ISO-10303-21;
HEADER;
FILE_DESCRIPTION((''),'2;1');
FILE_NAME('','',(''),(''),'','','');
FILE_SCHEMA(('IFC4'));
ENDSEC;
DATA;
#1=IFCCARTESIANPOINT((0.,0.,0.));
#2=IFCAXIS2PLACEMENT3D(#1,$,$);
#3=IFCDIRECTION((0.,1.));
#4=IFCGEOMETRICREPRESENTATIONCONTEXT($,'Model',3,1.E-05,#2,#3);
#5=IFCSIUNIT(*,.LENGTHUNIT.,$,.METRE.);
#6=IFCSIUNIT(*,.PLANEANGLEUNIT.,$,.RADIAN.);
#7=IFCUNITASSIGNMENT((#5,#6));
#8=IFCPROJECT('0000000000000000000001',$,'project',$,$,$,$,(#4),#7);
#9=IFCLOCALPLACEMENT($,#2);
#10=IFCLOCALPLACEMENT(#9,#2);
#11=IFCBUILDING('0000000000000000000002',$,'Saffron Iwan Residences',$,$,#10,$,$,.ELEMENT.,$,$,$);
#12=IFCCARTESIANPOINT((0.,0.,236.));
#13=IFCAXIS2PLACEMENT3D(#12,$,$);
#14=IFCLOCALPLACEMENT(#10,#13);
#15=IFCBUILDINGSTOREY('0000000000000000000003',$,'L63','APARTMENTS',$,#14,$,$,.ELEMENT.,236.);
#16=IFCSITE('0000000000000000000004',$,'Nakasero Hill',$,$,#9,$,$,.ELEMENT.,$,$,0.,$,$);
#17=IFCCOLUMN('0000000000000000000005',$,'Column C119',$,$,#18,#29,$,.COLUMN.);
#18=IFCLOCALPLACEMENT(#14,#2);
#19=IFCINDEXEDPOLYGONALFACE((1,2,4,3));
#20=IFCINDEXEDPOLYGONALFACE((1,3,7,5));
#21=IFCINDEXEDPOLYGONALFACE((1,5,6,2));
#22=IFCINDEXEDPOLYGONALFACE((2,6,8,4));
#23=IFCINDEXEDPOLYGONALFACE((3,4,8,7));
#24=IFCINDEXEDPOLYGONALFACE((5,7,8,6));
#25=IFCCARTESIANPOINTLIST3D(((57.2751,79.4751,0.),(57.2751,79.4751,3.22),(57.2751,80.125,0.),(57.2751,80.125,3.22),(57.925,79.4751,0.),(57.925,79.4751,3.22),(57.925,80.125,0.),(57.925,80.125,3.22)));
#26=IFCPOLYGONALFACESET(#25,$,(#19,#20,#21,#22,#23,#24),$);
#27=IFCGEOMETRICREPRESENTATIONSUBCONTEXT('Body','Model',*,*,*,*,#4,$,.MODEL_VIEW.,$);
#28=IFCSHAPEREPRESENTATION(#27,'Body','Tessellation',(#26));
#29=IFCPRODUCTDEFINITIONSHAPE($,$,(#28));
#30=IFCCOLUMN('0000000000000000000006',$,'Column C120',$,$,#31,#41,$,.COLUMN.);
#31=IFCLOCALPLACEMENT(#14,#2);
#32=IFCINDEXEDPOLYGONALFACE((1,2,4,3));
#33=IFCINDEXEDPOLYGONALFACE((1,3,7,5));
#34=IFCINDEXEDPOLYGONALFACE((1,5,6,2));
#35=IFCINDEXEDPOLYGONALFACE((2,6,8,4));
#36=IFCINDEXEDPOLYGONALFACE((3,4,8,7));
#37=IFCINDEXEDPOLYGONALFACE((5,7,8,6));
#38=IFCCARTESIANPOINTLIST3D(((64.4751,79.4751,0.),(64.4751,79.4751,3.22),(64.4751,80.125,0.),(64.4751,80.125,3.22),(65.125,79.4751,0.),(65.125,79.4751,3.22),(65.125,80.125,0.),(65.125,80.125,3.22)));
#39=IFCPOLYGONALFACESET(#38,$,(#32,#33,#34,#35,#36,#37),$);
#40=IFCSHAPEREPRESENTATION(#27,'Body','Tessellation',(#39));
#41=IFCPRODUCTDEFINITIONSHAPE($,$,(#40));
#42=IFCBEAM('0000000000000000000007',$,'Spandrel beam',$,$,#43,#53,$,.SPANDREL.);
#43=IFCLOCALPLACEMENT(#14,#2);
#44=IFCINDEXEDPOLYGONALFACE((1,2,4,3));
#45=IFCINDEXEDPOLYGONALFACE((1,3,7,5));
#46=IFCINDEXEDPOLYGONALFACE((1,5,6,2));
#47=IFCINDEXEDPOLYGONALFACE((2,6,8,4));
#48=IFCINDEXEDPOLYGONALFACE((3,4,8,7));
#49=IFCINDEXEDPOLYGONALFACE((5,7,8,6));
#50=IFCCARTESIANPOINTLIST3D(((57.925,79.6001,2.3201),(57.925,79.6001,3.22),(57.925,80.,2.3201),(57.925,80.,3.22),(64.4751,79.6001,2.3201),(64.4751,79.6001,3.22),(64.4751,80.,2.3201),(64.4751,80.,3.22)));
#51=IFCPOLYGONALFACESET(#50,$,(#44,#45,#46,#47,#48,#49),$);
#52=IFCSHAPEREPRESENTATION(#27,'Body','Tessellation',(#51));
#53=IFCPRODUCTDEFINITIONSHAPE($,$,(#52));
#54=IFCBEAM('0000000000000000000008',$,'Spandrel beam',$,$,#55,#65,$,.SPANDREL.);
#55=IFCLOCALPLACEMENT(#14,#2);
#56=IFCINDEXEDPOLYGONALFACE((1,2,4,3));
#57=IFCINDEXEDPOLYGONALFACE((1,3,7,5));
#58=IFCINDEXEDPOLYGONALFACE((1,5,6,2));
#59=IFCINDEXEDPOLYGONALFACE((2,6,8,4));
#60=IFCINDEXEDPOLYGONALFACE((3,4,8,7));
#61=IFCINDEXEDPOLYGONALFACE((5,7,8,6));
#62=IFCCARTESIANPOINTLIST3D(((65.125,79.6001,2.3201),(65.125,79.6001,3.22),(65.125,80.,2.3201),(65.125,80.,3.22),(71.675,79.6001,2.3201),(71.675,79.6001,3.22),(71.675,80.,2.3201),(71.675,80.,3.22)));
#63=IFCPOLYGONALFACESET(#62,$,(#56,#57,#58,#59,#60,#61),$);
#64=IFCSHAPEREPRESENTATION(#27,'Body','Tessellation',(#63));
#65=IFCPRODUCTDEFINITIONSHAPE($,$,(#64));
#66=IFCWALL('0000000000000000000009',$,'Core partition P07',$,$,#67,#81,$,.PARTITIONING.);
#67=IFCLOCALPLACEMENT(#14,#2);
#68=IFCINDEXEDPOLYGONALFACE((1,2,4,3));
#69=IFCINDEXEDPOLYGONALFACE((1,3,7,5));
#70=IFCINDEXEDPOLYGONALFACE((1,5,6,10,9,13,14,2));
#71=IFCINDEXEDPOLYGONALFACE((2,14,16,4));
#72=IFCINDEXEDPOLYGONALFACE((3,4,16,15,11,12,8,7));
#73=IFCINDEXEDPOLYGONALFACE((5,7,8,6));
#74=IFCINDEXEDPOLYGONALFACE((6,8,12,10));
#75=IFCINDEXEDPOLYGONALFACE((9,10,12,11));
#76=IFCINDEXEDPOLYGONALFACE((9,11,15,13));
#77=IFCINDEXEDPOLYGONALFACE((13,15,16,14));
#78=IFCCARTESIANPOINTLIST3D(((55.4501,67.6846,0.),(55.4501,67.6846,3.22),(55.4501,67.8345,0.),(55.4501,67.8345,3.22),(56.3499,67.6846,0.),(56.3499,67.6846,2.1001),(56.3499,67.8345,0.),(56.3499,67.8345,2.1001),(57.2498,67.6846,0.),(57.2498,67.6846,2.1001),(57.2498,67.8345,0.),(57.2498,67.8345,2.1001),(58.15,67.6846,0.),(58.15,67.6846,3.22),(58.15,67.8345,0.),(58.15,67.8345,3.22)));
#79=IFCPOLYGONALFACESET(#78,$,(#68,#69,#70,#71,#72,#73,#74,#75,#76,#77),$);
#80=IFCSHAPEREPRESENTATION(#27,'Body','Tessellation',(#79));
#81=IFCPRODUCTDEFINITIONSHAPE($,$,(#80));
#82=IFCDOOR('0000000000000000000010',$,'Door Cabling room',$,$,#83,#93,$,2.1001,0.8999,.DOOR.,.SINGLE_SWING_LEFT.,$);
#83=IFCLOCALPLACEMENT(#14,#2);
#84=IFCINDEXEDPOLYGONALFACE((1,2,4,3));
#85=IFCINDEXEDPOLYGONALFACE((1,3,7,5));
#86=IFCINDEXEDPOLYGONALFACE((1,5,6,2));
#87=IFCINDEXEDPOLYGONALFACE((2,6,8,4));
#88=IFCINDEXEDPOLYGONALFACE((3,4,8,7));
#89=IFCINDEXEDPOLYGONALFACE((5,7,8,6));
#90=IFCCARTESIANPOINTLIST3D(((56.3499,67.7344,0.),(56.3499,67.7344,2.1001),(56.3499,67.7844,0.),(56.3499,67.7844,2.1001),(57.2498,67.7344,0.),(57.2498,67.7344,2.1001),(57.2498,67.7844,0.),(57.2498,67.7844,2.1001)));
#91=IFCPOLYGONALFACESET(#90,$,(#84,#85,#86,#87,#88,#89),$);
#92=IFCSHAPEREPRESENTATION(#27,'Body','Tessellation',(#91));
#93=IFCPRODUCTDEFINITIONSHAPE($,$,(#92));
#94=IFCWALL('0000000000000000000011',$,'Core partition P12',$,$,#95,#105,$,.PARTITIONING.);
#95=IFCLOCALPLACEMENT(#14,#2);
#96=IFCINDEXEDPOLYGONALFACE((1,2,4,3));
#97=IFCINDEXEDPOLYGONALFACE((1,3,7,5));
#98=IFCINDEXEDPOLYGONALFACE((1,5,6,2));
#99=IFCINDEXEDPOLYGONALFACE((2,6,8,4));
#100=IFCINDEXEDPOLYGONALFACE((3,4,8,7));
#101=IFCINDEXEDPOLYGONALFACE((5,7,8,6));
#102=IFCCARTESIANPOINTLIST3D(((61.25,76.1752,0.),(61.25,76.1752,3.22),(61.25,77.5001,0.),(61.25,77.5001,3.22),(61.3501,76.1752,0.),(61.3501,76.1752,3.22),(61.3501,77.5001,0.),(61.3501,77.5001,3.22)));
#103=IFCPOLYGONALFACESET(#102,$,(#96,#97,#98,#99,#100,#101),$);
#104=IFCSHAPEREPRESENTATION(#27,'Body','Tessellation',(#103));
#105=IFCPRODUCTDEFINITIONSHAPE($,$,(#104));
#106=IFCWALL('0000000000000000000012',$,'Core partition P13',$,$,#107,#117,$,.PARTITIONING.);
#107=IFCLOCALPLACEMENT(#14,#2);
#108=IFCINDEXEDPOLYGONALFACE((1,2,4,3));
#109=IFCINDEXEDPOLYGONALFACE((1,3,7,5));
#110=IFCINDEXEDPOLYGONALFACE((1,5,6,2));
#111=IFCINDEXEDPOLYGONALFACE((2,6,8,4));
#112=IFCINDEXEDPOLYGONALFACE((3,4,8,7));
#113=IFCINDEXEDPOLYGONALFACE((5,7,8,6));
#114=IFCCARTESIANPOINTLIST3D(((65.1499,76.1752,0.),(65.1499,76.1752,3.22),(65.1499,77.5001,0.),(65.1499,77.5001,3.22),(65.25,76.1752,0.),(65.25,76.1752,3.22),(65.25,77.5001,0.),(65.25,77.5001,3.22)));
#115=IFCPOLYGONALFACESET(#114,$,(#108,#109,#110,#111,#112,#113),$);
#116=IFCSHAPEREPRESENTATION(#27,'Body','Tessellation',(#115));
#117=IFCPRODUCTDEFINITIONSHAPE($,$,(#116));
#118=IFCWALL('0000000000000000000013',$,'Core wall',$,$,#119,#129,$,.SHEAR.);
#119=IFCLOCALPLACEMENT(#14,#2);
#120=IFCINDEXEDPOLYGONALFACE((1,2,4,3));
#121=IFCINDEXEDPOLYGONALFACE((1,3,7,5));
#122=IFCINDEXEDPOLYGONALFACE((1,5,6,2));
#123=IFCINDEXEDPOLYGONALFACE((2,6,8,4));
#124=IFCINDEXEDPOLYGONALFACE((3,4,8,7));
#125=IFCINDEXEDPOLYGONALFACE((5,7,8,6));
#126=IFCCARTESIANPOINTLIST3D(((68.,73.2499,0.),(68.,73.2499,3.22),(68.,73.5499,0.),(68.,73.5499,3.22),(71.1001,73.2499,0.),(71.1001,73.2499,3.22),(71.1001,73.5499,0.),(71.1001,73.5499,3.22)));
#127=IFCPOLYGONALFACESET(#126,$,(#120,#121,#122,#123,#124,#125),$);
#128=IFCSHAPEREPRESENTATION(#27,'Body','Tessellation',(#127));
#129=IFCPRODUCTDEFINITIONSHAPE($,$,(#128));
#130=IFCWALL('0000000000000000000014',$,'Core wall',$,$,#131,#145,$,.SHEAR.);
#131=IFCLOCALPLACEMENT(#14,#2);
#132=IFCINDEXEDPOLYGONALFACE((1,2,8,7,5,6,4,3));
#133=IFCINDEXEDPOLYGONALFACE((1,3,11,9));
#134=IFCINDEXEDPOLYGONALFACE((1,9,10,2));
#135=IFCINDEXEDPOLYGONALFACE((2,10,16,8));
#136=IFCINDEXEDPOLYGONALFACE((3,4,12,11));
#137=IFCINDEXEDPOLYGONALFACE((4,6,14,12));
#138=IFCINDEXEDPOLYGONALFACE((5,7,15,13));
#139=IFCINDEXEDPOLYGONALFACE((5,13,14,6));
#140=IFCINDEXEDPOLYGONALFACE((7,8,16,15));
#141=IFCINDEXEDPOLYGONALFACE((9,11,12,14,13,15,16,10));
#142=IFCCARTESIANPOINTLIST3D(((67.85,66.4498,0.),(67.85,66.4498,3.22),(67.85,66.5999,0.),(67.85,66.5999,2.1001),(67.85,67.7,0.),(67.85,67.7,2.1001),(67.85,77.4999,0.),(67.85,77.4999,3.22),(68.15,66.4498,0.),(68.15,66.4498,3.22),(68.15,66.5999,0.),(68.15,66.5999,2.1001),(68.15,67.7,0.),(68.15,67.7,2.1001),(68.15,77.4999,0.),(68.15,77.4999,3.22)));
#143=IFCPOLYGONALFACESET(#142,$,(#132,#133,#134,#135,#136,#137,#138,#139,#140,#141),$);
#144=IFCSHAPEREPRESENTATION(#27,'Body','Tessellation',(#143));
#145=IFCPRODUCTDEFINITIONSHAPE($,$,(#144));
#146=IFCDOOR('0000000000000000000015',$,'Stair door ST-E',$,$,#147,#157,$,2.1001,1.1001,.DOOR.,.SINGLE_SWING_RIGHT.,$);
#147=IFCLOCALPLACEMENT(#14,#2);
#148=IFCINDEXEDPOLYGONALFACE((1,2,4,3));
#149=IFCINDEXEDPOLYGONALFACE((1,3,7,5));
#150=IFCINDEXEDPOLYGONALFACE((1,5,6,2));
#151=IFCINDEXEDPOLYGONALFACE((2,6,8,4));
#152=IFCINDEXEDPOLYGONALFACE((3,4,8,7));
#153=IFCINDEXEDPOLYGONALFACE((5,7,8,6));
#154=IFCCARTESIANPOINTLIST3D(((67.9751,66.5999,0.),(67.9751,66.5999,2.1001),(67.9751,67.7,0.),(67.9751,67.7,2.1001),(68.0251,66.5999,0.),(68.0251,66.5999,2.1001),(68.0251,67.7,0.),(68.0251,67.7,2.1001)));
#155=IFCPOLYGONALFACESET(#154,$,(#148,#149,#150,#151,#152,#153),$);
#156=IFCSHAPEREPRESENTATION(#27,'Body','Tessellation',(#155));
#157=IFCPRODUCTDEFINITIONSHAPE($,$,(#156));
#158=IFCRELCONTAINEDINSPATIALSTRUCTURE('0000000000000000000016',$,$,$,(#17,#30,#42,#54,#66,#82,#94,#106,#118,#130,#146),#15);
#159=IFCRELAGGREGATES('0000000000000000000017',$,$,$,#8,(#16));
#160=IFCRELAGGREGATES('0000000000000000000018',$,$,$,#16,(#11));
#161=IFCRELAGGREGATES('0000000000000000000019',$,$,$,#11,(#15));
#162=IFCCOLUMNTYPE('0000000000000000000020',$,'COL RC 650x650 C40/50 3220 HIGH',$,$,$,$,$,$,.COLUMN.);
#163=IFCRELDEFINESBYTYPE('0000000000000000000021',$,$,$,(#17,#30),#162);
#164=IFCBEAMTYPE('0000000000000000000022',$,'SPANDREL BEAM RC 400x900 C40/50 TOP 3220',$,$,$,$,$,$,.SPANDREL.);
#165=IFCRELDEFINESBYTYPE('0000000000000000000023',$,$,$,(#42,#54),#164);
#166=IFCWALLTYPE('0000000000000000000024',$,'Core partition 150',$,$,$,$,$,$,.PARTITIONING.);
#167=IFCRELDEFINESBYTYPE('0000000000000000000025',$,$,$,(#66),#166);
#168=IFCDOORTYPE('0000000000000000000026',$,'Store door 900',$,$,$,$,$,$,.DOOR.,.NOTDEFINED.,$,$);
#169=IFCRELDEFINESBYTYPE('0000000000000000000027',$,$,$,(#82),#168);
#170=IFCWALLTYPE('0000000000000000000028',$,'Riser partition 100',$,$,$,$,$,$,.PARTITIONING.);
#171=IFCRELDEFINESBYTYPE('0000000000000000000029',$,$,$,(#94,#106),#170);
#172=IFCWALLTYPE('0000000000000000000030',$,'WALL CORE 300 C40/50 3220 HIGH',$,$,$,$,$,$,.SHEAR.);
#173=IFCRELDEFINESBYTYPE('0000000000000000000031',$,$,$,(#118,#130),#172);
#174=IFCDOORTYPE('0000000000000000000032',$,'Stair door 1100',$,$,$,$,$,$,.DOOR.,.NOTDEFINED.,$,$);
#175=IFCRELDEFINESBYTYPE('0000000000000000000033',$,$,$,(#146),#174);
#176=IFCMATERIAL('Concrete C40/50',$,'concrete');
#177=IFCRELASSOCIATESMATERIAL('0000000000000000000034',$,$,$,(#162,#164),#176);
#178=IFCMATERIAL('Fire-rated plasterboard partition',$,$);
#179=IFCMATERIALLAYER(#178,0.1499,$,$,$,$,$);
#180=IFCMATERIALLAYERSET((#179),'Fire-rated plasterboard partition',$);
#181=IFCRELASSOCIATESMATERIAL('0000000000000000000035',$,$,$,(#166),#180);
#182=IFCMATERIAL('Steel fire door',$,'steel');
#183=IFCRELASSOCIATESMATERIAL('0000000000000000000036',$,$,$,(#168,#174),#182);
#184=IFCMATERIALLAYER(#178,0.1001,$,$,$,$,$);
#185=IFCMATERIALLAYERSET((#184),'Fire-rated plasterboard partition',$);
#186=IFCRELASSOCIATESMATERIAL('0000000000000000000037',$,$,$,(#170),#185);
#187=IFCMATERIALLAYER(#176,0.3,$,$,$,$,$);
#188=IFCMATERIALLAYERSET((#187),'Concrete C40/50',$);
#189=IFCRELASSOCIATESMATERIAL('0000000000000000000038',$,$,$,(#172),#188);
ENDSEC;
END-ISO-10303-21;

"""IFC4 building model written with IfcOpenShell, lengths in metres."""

from ifc_helpers import new_model, si_unit, direction, frame, frame_2d, origin, origin_2d, place, context, subcontext, project, spatial, rectangle, extrude, source, transform, mapped, material, layer, layer_set, material_profile, profile_set, type_object, element, fill, save


model = new_model("IFC4")

# Units and contexts
model_context = context("Model", 3, precision=1e-05, world=origin(), true_north=direction((0.0, 1.0)))
body_context = subcontext(model_context, "Body", "Model", "MODEL_VIEW")
ifc_project = project(units=[si_unit("LENGTHUNIT", "METRE"), si_unit("PLANEANGLEUNIT", "RADIAN")], contexts=[model_context])

# Site, building, storey
site_placement = place(None, origin())
site = spatial("IfcSite", under=ifc_project, at=site_placement, Name="Nakasero Hill", CompositionType="ELEMENT", RefElevation=0.0)
building_placement = place(site_placement, origin())
building = spatial("IfcBuilding", under=site, at=building_placement, Name="Saffron Iwan Residences", CompositionType="ELEMENT")
storey_placement = place(building_placement, frame((0.0, 0.0, 236.0)))
storey = spatial("IfcBuildingStorey", under=building, at=storey_placement, Name="L63", Description="APARTMENTS", CompositionType="ELEMENT", Elevation=236.0)

# Columns
ifc_material_1 = material(Name="Concrete C40/50", Category="concrete")
ifc_material_profile_1 = material_profile(ifc_material_1, rectangle(XDim=0.6499, YDim=0.6499, at=origin_2d()), Name="RC 650x650")
ifc_profile_set_1 = profile_set([ifc_material_profile_1], Name="Concrete C40/50")
column_type = type_object("IfcColumnType", Name="COL RC 650x650 C40/50 3220 HIGH", PredefinedType="COLUMN", material=ifc_profile_set_1)
shared_shape_1 = source(origin(), body_context, "Body", "SweptSolid", [
    extrude(rectangle(XDim=0.6499, YDim=0.6499, at=origin_2d()), origin(), (0.0, 0.0, 1.0), 3.22),
])
for number, where, z_axis, x_axis, name in (
    (1, (57.6001, 79.8, 0.0), (0.0, 0.0, 1.0), (1.0, 0.0, 0.0), "Column C119"),
    (2, (64.8, 79.8, 0.0), (0.0, 0.0, 1.0), (1.0, 0.0, 0.0), "Column C120"),
):
    element("IfcColumn", number, at=place(storey_placement, frame(where, z_axis=z_axis, x_axis=x_axis)), inside=storey, type_object=column_type, Name=name, PredefinedType="COLUMN", context=body_context, shape_type="MappedRepresentation", body=[
        mapped(shared_shape_1, transform((0.0, 0.0, 0.0))),
    ])

# Beams
ifc_material_profile_2 = material_profile(ifc_material_1, rectangle(XDim=0.3999, YDim=0.8999, at=origin_2d()), Name="RC 400x900")
ifc_profile_set_2 = profile_set([ifc_material_profile_2], Name="Concrete C40/50")
beam_type = type_object("IfcBeamType", Name="SPANDREL BEAM RC 400x900 C40/50 TOP 3220", PredefinedType="SPANDREL", material=ifc_profile_set_2)
shared_shape_2 = source(origin(), body_context, "Body", "SweptSolid", [
    extrude(rectangle(XDim=0.3999, YDim=0.8999, at=origin_2d()), origin(), (0.0, 0.0, 1.0), 6.55),
])
for number, where, z_axis, x_axis, name in (
    (3, (57.925, 79.8, 2.77), (1.0, 0.0, 0.0), (0.0, 1.0, 0.0), "Spandrel beam"),
    (4, (65.125, 79.8, 2.77), (1.0, 0.0, 0.0), (0.0, 1.0, 0.0), "Spandrel beam"),
):
    element("IfcBeam", number, at=place(storey_placement, frame(where, z_axis=z_axis, x_axis=x_axis)), inside=storey, type_object=beam_type, Name=name, PredefinedType="SPANDREL", context=body_context, shape_type="MappedRepresentation", body=[
        mapped(shared_shape_2, transform((0.0, 0.0, 0.0))),
    ])

# Wall, opening, door
ifc_material_2 = material(Name="Fire-rated plasterboard partition")
ifc_layer_1 = layer(ifc_material_2, 0.1499)
ifc_layer_set_1 = layer_set([ifc_layer_1], Name="Fire-rated plasterboard partition")
wall_type_1 = type_object("IfcWallType", Name="Core partition 150", PredefinedType="PARTITIONING", material=ifc_layer_set_1)
wall_1_placement = place(storey_placement, frame((55.45, 67.7595, 0.0), z_axis=(0.0, 0.0, 1.0), x_axis=(1.0, 0.0, 0.0)))
wall_1 = element("IfcWall", 5, at=wall_1_placement, inside=storey, type_object=wall_type_1, Name="Core partition P07", PredefinedType="PARTITIONING", context=body_context, shape_type="SweptSolid", body=[
    extrude(rectangle(XDim=2.7, YDim=0.1499, at=frame_2d((1.3501, 0.0))), origin(), (0.0, 0.0, 1.0), 3.22),
])
opening_1_placement = place(wall_1_placement, frame((0.8999, 0.0, 0.0)))
opening_1 = element("IfcOpeningElement", 6, at=opening_1_placement, cuts=wall_1, PredefinedType="OPENING", context=body_context, shape_type="SweptSolid", body=[
    extrude(rectangle(XDim=0.8999, YDim=2.1001, at=frame_2d((0.45, 1.05))), frame((0.0, 0.085, 0.0), z_axis=(0.0, -1.0, 0.0), x_axis=(1.0, 0.0, 0.0)), (0.0, 0.0, 1.0), 0.1699),
])
ifc_material_3 = material(Name="Steel fire door", Category="steel")
door_type_1 = type_object("IfcDoorType", Name="Store door 900", OperationType="NOTDEFINED", PredefinedType="DOOR", material=ifc_material_3)
door_1_placement = place(opening_1_placement, origin())
door_1 = element("IfcDoor", 7, at=door_1_placement, inside=storey, type_object=door_type_1, Name="Door Cabling room", OperationType="SINGLE_SWING_LEFT", OverallHeight=2.1001, OverallWidth=0.8999, PredefinedType="DOOR", context=body_context, shape_type="SweptSolid", body=[
    extrude(rectangle(XDim=0.8999, YDim=2.1001, at=frame_2d((0.45, 1.05))), frame((0.0, 0.0249, 0.0), z_axis=(0.0, -1.0, 0.0), x_axis=(1.0, 0.0, 0.0)), (0.0, 0.0, 1.0), 0.05),
])
fill(opening_1, door_1)

# Walls
ifc_layer_2 = layer(ifc_material_2, 0.1001)
ifc_layer_set_2 = layer_set([ifc_layer_2], Name="Fire-rated plasterboard partition")
wall_type_2 = type_object("IfcWallType", Name="Riser partition 100", PredefinedType="PARTITIONING", material=ifc_layer_set_2)
for number, where, z_axis, x_axis, name in (
    (8, (61.3, 76.175, 0.0), (0.0, 0.0, 1.0), (0.0, 1.0, 0.0), "Core partition P12"),
    (9, (65.2, 76.175, 0.0), (0.0, 0.0, 1.0), (0.0, 1.0, 0.0), "Core partition P13"),
):
    element("IfcWall", number, at=place(storey_placement, frame(where, z_axis=z_axis, x_axis=x_axis)), inside=storey, type_object=wall_type_2, Name=name, PredefinedType="PARTITIONING", context=body_context, shape_type="SweptSolid", body=[
        extrude(rectangle(XDim=1.325, YDim=0.1001, at=frame_2d((0.6626, 0.0))), origin(), (0.0, 0.0, 1.0), 3.22),
    ])
ifc_layer_3 = layer(ifc_material_1, 0.3)
ifc_layer_set_3 = layer_set([ifc_layer_3], Name="Concrete C40/50")
wall_type_3 = type_object("IfcWallType", Name="WALL CORE 300 C40/50 3220 HIGH", PredefinedType="SHEAR", material=ifc_layer_set_3)
wall_2_placement = place(storey_placement, frame((68.0, 73.3999, 0.0), z_axis=(0.0, 0.0, 1.0), x_axis=(1.0, 0.0, 0.0)))
element("IfcWall", 10, at=wall_2_placement, inside=storey, type_object=wall_type_3, Name="Core wall", PredefinedType="SHEAR", context=body_context, shape_type="SweptSolid", body=[
    extrude(rectangle(XDim=3.1001, YDim=0.3, at=frame_2d((1.55, 0.0))), origin(), (0.0, 0.0, 1.0), 3.22),
])

# Wall, opening, door
wall_3_placement = place(storey_placement, frame((68.0, 66.45, 0.0), z_axis=(0.0, 0.0, 1.0), x_axis=(0.0, 1.0, 0.0)))
wall_3 = element("IfcWall", 11, at=wall_3_placement, inside=storey, type_object=wall_type_3, Name="Core wall", PredefinedType="SHEAR", context=body_context, shape_type="SweptSolid", body=[
    extrude(rectangle(XDim=11.05, YDim=0.3, at=frame_2d((5.5249, 0.0))), origin(), (0.0, 0.0, 1.0), 3.22),
])
opening_2_placement = place(wall_3_placement, frame((0.1499, 0.0, 0.0)))
opening_2 = element("IfcOpeningElement", 12, at=opening_2_placement, cuts=wall_3, PredefinedType="OPENING", context=body_context, shape_type="SweptSolid", body=[
    extrude(rectangle(XDim=1.1001, YDim=2.1001, at=frame_2d((0.55, 1.05))), frame((0.0, 0.1602, 0.0), z_axis=(0.0, -1.0, 0.0), x_axis=(1.0, 0.0, 0.0)), (0.0, 0.0, 1.0), 0.3201),
])
door_type_2 = type_object("IfcDoorType", Name="Stair door 1100", OperationType="NOTDEFINED", PredefinedType="DOOR", material=ifc_material_3)
door_2_placement = place(opening_2_placement, origin())
door_2 = element("IfcDoor", 13, at=door_2_placement, inside=storey, type_object=door_type_2, Name="Stair door ST-E", OperationType="SINGLE_SWING_RIGHT", OverallHeight=2.1001, OverallWidth=1.1001, PredefinedType="DOOR", context=body_context, shape_type="SweptSolid", body=[
    extrude(rectangle(XDim=1.1001, YDim=2.1001, at=frame_2d((0.55, 1.05))), frame((0.0, 0.0249, 0.0), z_axis=(0.0, -1.0, 0.0), x_axis=(1.0, 0.0, 0.0)), (0.0, 0.0, 1.0), 0.05),
])
fill(opening_2, door_2)

save(model, "model.ifc")
